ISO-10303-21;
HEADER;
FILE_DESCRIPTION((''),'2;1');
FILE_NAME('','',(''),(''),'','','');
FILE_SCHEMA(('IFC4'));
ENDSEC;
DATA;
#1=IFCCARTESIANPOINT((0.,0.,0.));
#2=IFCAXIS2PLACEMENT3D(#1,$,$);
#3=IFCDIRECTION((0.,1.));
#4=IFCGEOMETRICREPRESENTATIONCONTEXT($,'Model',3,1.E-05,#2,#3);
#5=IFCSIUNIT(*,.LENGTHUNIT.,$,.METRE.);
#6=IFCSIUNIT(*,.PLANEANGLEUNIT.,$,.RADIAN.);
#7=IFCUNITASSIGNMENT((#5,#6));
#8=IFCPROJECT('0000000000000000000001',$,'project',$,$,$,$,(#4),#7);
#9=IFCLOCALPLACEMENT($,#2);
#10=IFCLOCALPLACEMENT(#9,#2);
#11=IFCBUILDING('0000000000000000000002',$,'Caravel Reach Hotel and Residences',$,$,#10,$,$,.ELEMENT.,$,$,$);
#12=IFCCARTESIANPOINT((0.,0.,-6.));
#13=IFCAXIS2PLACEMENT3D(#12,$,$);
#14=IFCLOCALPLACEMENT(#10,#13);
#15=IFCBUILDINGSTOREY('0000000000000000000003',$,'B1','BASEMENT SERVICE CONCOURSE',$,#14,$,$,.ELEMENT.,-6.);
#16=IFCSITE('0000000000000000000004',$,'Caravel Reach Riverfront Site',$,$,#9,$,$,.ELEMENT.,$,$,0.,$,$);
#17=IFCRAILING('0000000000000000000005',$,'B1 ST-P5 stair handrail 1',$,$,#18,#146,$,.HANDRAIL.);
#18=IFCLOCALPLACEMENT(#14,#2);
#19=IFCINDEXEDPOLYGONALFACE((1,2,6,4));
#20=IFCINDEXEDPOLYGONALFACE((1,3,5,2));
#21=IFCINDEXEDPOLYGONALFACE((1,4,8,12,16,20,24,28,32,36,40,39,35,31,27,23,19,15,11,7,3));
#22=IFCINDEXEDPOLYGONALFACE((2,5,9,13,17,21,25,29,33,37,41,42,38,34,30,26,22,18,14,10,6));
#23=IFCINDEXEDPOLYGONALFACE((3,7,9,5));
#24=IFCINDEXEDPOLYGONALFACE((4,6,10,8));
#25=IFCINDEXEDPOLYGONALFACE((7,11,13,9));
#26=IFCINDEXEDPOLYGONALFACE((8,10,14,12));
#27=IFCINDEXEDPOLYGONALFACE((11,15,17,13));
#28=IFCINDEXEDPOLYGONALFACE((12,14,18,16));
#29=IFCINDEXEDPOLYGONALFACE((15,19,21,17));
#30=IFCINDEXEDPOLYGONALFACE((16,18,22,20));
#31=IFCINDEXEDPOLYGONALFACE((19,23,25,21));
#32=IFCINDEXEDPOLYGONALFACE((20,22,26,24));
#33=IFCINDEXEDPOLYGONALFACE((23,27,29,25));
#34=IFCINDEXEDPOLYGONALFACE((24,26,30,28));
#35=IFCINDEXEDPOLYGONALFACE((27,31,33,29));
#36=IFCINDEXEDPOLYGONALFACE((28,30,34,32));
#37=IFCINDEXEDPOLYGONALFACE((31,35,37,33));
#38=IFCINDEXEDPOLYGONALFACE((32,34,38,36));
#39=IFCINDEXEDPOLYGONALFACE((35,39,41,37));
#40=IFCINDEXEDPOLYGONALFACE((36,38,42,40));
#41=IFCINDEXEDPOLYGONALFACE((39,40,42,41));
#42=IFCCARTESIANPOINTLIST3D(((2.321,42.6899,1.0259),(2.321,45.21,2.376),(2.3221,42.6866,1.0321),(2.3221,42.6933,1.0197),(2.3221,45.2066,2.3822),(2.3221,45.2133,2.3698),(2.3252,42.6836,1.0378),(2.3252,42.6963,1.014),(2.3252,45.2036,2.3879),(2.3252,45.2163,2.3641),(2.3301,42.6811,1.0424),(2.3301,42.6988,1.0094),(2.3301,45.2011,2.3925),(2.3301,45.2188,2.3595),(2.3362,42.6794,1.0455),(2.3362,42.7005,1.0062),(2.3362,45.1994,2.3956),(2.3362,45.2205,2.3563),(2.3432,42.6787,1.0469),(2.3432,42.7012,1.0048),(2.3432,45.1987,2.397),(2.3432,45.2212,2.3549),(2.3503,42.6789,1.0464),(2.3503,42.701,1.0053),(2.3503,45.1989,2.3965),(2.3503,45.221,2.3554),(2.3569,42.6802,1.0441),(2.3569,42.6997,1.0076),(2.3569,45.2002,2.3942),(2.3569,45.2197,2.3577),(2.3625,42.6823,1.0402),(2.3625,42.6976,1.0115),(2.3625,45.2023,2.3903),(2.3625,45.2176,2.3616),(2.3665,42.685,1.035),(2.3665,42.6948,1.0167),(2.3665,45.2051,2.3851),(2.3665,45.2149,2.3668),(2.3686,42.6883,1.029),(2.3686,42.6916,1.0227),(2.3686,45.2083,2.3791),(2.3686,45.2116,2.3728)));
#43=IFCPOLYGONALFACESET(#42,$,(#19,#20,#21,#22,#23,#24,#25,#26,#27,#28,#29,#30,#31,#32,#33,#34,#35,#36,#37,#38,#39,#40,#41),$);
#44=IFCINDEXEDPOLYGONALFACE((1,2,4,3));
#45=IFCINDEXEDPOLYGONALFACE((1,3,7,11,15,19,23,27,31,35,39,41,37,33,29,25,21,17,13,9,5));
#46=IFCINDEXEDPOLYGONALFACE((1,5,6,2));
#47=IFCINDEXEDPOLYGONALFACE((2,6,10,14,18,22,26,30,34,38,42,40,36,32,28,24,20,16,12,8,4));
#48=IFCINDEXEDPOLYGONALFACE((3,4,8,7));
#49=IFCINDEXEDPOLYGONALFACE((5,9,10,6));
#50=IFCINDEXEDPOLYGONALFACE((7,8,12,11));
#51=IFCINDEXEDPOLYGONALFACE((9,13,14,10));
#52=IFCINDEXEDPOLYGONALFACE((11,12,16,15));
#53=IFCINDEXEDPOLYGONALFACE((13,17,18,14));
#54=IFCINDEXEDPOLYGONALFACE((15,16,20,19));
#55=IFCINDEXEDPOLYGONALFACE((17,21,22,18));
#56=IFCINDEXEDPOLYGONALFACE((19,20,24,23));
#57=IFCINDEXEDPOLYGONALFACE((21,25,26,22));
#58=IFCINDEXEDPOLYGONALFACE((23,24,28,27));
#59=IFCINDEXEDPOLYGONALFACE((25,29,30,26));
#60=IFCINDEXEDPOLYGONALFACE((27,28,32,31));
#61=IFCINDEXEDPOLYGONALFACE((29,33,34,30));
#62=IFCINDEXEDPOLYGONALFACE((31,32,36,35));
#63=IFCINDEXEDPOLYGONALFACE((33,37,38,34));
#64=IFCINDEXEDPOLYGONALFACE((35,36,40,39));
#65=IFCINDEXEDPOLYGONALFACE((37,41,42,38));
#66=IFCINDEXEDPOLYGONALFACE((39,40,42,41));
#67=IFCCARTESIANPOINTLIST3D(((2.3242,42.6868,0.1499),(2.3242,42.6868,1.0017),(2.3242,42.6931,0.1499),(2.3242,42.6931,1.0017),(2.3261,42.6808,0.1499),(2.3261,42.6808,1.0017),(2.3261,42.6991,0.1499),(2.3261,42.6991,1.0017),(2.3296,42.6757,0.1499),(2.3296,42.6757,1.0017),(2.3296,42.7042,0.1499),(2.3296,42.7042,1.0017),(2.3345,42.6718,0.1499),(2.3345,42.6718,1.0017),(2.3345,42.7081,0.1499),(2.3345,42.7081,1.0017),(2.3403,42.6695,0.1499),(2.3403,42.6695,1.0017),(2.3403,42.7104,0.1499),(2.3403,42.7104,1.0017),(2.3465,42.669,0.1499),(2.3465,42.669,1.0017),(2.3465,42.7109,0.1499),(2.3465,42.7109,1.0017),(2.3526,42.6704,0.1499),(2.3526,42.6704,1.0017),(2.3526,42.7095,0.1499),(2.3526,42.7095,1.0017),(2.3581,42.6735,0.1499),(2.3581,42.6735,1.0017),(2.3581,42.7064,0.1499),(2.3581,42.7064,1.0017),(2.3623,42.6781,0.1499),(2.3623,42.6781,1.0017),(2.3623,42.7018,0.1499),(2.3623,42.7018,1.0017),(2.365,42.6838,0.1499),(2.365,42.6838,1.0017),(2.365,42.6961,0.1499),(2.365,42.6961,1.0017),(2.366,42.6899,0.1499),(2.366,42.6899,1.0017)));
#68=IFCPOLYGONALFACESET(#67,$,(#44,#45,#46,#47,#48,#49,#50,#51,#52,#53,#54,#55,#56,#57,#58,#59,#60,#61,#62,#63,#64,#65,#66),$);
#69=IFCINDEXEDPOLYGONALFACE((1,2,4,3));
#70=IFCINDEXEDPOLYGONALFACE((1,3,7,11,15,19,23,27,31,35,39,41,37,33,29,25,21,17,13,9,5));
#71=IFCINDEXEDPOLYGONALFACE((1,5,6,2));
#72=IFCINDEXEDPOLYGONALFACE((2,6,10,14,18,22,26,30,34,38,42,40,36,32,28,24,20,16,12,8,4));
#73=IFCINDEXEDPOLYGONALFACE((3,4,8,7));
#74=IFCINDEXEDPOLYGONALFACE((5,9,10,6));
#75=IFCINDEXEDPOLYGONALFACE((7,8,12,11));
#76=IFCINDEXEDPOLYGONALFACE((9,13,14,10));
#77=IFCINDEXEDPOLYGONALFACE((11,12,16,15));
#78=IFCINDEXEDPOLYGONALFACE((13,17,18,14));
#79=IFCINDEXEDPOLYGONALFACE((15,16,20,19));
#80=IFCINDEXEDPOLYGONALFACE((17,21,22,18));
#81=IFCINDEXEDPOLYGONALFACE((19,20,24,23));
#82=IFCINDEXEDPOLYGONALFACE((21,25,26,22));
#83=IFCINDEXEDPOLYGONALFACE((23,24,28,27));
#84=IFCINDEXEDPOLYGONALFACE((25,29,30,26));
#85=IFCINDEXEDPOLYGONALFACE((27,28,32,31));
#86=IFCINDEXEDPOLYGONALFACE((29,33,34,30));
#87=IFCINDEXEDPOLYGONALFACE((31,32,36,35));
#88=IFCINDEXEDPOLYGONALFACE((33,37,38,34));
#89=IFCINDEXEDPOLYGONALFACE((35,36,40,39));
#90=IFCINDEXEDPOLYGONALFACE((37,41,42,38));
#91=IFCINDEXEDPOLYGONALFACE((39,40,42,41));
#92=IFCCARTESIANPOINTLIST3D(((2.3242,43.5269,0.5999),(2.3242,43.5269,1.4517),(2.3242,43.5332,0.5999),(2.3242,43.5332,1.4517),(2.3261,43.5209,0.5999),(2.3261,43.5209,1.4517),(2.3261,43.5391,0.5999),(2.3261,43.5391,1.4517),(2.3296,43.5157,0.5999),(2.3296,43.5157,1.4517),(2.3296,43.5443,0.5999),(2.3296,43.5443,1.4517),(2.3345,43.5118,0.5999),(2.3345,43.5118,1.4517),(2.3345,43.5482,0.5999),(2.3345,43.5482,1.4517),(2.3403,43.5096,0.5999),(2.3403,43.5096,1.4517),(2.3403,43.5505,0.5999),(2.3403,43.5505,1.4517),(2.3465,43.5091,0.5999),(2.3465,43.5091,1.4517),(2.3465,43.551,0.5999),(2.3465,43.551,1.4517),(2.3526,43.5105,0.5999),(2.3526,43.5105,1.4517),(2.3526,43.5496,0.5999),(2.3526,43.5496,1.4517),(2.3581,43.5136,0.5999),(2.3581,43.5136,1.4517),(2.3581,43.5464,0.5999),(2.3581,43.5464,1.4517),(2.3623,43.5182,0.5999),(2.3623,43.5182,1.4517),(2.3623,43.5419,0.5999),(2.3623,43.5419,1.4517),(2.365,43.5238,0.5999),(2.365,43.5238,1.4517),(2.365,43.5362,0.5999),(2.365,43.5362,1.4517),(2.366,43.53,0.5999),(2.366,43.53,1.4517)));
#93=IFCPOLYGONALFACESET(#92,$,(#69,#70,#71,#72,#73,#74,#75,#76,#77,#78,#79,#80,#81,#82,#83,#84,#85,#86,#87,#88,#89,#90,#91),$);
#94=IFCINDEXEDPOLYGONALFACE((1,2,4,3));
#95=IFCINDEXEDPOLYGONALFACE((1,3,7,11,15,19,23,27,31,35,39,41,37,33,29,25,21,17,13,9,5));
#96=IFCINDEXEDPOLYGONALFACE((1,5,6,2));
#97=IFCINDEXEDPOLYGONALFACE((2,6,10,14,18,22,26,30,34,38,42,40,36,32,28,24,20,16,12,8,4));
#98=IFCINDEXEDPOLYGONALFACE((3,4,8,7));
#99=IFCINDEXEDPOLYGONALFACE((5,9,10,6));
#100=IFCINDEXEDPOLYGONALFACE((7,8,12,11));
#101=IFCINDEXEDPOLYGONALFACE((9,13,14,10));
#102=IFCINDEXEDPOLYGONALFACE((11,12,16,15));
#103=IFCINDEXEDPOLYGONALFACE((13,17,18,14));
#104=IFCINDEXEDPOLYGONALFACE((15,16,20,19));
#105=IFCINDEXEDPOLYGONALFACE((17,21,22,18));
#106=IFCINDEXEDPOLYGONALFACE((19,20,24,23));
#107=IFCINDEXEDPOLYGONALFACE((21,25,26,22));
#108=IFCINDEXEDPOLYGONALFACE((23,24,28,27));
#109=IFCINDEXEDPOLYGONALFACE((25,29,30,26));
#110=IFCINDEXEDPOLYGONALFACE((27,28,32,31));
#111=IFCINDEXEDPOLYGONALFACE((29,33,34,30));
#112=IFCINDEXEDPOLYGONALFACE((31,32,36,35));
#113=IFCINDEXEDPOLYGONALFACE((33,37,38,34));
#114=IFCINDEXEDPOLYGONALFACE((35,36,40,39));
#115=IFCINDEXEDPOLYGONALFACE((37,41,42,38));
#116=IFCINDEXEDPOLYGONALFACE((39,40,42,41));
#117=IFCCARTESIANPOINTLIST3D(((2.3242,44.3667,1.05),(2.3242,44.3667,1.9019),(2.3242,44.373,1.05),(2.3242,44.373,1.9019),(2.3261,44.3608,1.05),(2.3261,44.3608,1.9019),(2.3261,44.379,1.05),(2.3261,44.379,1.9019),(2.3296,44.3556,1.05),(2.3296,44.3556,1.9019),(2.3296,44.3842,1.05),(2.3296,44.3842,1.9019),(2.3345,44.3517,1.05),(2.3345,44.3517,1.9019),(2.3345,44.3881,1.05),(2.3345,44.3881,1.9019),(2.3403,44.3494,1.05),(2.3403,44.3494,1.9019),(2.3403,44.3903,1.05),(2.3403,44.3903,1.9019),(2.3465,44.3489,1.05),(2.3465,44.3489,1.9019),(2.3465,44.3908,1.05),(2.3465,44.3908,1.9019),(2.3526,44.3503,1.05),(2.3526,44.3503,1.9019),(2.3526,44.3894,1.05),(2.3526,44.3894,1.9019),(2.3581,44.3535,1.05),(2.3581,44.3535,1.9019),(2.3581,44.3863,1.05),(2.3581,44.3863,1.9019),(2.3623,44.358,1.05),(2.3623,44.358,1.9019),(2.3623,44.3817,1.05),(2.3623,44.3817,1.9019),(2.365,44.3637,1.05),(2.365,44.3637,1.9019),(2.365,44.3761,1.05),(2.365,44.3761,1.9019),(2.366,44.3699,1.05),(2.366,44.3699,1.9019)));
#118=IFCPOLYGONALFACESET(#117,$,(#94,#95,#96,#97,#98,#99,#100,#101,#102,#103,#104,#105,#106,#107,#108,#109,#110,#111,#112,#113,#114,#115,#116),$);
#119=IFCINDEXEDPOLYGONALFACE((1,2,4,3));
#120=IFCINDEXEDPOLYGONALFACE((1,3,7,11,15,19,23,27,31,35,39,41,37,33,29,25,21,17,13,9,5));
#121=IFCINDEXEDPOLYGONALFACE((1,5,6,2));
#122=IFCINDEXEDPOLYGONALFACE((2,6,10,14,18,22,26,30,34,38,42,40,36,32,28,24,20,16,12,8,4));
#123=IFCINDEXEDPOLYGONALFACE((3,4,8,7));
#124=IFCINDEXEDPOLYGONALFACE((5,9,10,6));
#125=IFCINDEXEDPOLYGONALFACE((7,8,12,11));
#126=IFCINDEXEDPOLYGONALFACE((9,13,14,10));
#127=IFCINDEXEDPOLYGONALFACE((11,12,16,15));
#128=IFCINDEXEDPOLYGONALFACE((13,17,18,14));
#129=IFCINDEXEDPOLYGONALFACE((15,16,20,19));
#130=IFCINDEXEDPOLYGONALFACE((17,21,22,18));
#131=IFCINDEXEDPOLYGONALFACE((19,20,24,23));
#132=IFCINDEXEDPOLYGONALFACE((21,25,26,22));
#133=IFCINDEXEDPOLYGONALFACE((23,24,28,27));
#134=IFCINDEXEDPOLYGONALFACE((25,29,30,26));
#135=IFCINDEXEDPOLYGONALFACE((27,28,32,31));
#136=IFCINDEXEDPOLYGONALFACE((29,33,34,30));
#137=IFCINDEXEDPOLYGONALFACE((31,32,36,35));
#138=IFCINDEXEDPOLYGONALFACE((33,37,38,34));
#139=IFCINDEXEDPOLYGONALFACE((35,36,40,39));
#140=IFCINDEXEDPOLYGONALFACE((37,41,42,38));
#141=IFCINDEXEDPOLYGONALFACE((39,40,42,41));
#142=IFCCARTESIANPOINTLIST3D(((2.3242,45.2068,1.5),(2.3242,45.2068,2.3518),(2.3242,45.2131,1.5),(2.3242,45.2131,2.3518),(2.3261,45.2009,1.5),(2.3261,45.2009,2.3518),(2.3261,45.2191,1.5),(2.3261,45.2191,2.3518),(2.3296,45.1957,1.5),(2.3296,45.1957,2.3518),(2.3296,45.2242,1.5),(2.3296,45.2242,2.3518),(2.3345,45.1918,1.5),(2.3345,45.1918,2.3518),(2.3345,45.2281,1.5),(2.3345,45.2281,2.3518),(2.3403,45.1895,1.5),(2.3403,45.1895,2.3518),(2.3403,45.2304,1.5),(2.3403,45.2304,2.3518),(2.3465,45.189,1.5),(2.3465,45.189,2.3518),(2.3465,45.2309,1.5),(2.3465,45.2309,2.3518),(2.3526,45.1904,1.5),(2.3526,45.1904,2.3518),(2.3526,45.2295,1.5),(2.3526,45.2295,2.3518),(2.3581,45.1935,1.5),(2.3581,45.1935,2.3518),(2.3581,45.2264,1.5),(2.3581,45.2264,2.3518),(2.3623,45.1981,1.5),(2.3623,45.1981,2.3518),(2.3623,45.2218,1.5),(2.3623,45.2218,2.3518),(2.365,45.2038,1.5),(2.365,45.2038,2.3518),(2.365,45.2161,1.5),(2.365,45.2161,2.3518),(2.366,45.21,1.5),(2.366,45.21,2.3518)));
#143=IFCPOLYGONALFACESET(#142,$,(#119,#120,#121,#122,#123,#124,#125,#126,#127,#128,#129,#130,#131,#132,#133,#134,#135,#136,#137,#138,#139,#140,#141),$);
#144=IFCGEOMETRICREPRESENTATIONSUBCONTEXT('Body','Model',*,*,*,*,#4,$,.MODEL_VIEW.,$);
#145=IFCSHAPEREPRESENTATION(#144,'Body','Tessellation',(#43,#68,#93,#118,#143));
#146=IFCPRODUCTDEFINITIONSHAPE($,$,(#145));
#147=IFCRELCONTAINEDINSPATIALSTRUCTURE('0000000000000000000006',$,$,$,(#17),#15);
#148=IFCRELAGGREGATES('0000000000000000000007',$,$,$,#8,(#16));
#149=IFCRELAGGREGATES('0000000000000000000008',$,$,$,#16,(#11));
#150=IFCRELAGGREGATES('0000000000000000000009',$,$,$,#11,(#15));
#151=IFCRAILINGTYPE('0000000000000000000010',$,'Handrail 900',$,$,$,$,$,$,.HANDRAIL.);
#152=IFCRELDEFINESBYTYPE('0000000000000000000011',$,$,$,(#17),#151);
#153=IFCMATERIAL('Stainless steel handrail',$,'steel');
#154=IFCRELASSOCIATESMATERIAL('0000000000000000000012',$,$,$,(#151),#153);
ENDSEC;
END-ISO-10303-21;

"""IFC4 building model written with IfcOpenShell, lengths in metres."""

from ifc_helpers import new_model, si_unit, direction, frame, origin, origin_2d, place, context, subcontext, project, spatial, circle, extrude, material, type_object, element, save


model = new_model("IFC4")

# Units and contexts
model_context = context("Model", 3, precision=1e-05, world=origin(), true_north=direction((0.0, 1.0)))
body_context = subcontext(model_context, "Body", "Model", "MODEL_VIEW")
ifc_project = project(units=[si_unit("LENGTHUNIT", "METRE"), si_unit("PLANEANGLEUNIT", "RADIAN")], contexts=[model_context])

# Site, building, storey
site_placement = place(None, origin())
site = spatial("IfcSite", under=ifc_project, at=site_placement, Name="Caravel Reach Riverfront Site", CompositionType="ELEMENT", RefElevation=0.0)
building_placement = place(site_placement, origin())
building = spatial("IfcBuilding", under=site, at=building_placement, Name="Caravel Reach Hotel and Residences", CompositionType="ELEMENT")
storey_placement = place(building_placement, frame((0.0, 0.0, -6.0)))
storey = spatial("IfcBuildingStorey", under=building, at=storey_placement, Name="B1", Description="BASEMENT SERVICE CONCOURSE", CompositionType="ELEMENT", Elevation=-6.0)

# Railing
ifc_material_1 = material(Name="Stainless steel handrail", Category="steel")
railing_type_1 = type_object("IfcRailingType", Name="Handrail 900", PredefinedType="HANDRAIL", material=ifc_material_1)
railing_1_placement = place(storey_placement, frame((2.345, 42.6899, 0.1499)))
element("IfcRailing", 1, at=railing_1_placement, inside=storey, type_object=railing_type_1, Name="B1 ST-P5 stair handrail 1", PredefinedType="HANDRAIL", context=body_context, shape_type="SweptSolid", body=[
    extrude(circle(Radius=0.0239, at=origin_2d()), frame((0.0, 0.0, 0.876), z_axis=(0.0, 0.881467, 0.472245), x_axis=(-1.0, 0.0, 0.0)), (0.0, 0.0, 1.0), 2.8589),
    extrude(circle(Radius=0.021, at=origin_2d()), origin(), (0.0, 0.0, 1.0), 0.8518),
    extrude(circle(Radius=0.021, at=origin_2d()), frame((0.0, 0.8401, 0.45)), (0.0, 0.0, 1.0), 0.8518),
    extrude(circle(Radius=0.021, at=origin_2d()), frame((0.0, 1.6799, 0.9001)), (0.0, 0.0, 1.0), 0.8518),
    extrude(circle(Radius=0.021, at=origin_2d()), frame((0.0, 2.52, 1.3501)), (0.0, 0.0, 1.0), 0.8518),
])

save(model, "model.ifc")
